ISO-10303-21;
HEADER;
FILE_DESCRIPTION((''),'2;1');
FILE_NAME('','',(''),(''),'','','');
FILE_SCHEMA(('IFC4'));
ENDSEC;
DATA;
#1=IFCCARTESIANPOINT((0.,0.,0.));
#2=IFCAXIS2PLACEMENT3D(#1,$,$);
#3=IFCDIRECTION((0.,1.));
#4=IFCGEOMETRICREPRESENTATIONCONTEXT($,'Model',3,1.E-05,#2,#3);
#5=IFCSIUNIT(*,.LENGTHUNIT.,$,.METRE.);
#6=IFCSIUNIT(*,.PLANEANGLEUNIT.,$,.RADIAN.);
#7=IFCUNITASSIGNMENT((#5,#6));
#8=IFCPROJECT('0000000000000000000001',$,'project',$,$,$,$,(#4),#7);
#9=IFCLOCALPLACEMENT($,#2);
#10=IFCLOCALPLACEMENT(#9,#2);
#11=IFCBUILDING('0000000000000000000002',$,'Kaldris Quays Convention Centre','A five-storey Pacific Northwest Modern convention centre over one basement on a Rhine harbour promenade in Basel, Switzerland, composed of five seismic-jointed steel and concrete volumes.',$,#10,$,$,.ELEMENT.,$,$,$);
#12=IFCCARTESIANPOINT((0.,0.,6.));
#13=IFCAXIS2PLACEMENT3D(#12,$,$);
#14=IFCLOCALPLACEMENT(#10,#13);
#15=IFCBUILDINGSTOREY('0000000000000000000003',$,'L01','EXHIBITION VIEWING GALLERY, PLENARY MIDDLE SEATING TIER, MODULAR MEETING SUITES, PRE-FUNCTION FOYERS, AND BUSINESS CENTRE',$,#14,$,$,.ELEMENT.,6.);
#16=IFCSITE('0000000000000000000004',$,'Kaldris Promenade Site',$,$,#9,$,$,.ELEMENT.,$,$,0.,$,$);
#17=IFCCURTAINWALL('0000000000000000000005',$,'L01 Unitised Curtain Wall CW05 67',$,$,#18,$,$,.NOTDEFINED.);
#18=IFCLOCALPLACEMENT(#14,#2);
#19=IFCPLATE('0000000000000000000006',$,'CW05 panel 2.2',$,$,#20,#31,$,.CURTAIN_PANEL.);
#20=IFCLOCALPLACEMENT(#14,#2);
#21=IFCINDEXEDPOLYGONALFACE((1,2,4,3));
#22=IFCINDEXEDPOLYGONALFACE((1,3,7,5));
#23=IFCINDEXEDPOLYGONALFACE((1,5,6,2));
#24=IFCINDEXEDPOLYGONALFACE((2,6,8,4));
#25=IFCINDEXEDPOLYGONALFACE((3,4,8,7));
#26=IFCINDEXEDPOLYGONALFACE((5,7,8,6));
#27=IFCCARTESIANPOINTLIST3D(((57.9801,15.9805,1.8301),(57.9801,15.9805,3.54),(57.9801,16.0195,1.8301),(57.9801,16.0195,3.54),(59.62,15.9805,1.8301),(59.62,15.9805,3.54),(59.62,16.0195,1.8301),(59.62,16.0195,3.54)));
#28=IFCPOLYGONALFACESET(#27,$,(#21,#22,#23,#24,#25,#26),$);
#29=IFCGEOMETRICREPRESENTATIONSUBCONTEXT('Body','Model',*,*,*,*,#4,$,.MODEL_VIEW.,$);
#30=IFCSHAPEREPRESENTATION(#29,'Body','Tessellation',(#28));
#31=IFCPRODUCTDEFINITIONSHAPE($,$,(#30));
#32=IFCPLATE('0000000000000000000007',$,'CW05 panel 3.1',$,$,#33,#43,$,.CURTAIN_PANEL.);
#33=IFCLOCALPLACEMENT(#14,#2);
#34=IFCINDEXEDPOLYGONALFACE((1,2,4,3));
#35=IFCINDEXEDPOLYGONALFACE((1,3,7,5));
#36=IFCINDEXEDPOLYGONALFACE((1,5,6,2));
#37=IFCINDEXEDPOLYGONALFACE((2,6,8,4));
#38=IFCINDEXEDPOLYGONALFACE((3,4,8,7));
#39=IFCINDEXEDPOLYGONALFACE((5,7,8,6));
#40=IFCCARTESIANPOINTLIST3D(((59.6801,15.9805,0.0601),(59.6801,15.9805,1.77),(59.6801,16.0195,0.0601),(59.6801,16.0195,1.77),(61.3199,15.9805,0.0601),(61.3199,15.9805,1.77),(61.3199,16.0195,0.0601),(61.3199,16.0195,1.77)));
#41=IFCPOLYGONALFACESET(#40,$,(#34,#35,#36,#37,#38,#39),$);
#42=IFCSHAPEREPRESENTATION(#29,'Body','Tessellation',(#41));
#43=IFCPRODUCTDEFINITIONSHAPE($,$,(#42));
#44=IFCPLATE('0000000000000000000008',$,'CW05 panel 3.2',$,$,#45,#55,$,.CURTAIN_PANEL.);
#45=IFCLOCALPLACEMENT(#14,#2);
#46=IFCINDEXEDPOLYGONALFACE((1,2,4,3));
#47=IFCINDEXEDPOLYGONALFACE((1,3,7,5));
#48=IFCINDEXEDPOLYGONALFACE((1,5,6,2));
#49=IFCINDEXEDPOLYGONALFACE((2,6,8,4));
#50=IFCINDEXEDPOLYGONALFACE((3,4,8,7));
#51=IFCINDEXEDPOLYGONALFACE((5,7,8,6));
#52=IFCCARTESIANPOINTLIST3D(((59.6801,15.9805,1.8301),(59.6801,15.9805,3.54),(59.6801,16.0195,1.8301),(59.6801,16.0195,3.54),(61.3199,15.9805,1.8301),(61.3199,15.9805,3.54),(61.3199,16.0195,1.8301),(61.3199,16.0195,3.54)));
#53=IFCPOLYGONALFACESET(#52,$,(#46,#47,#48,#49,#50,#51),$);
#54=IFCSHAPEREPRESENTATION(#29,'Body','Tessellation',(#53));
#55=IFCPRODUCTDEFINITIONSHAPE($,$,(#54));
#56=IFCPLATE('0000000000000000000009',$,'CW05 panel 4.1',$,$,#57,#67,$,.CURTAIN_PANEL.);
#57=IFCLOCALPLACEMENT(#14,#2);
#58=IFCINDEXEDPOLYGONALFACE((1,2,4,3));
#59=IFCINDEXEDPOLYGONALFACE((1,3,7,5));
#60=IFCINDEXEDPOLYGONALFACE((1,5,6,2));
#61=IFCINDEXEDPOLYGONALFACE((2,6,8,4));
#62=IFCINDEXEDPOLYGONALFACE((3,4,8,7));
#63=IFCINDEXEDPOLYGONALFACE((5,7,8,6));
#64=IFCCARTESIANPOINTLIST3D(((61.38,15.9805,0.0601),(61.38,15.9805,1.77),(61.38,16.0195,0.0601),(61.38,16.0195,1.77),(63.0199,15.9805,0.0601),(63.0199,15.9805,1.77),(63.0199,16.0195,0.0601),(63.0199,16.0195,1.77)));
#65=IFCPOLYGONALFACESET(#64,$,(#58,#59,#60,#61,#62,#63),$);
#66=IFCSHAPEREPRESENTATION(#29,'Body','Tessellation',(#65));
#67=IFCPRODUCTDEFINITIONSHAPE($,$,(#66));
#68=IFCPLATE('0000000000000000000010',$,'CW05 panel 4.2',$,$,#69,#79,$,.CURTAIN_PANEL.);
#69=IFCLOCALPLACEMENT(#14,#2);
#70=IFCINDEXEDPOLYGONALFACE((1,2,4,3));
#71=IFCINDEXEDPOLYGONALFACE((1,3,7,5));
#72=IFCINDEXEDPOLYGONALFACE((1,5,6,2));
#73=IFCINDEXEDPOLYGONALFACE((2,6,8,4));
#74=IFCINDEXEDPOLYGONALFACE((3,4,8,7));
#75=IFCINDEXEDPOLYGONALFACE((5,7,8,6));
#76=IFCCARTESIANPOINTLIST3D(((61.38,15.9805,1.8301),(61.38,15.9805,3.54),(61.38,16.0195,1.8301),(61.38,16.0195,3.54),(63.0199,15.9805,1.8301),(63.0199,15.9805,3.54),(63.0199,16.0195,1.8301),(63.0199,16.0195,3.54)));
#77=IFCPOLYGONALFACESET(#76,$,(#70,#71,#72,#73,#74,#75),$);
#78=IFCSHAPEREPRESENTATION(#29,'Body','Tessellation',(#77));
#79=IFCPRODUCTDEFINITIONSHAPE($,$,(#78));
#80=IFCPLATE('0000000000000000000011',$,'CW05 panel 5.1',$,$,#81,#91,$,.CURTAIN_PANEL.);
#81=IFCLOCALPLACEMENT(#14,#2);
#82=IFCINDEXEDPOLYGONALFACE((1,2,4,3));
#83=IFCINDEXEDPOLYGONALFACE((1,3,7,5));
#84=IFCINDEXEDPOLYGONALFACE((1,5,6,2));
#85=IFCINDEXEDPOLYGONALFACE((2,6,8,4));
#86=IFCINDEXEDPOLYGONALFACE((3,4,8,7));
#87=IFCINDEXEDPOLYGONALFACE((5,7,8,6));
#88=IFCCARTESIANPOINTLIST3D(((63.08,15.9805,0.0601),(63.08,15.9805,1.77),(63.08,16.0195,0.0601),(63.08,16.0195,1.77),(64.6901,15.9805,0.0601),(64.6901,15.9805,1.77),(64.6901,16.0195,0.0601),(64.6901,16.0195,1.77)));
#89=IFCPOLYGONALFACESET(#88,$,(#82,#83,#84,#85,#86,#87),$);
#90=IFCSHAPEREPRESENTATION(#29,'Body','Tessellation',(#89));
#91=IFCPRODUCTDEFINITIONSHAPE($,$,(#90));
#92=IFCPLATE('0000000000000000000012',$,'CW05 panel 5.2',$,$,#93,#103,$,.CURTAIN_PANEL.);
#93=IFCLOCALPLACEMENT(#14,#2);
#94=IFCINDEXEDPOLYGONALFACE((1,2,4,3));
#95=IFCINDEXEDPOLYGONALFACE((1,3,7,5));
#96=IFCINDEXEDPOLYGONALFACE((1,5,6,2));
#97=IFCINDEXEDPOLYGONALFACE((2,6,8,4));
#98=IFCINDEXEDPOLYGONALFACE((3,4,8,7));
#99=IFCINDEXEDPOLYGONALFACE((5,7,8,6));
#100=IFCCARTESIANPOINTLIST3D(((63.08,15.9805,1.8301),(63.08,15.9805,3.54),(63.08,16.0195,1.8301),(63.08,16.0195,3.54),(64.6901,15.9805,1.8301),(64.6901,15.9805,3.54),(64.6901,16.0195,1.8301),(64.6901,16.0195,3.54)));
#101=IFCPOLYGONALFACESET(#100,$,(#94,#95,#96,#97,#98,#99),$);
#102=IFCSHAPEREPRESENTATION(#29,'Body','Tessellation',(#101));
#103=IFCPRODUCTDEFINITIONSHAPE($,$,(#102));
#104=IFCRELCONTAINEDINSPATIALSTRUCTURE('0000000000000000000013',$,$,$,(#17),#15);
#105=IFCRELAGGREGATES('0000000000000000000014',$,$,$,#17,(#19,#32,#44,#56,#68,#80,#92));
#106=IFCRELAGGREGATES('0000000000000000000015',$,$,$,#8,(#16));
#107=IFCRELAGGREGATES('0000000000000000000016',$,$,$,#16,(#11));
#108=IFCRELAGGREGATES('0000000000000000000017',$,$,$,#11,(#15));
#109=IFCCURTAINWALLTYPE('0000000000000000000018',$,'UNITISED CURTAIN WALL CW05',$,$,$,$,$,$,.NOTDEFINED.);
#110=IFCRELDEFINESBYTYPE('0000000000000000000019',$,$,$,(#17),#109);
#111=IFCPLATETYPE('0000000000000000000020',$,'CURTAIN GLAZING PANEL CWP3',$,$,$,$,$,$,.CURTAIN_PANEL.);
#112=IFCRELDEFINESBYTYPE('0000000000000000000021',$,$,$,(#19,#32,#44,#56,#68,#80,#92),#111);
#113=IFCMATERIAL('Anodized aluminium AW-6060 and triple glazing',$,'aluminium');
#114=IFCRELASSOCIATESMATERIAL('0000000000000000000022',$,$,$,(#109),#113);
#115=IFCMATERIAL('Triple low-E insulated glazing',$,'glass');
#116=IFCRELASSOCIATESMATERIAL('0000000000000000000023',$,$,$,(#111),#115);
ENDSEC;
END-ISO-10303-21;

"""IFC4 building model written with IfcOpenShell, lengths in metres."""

from ifc_helpers import new_model, si_unit, direction, frame, origin, origin_2d, place, context, subcontext, project, spatial, rectangle, extrude, material, type_object, element, aggregate, save


model = new_model("IFC4")

# Units and contexts
model_context = context("Model", 3, precision=1e-05, world=origin(), true_north=direction((0.0, 1.0)))
body_context = subcontext(model_context, "Body", "Model", "MODEL_VIEW")
ifc_project = project(units=[si_unit("LENGTHUNIT", "METRE"), si_unit("PLANEANGLEUNIT", "RADIAN")], contexts=[model_context])

# Site, building, storey
site_placement = place(None, origin())
site = spatial("IfcSite", under=ifc_project, at=site_placement, Name="Kaldris Promenade Site", CompositionType="ELEMENT", RefElevation=0.0)
building_placement = place(site_placement, origin())
building = spatial("IfcBuilding", under=site, at=building_placement, Name="Kaldris Quays Convention Centre", Description="A five-storey Pacific Northwest Modern convention centre over one basement on a Rhine harbour promenade in Basel, Switzerland, composed of five seismic-jointed steel and concrete volumes.", CompositionType="ELEMENT")
storey_placement = place(building_placement, frame((0.0, 0.0, 6.0)))
storey = spatial("IfcBuildingStorey", under=building, at=storey_placement, Name="L01", Description="EXHIBITION VIEWING GALLERY, PLENARY MIDDLE SEATING TIER, MODULAR MEETING SUITES, PRE-FUNCTION FOYERS, AND BUSINESS CENTRE", CompositionType="ELEMENT", Elevation=6.0)

# Curtain wall
ifc_material_1 = material(Name="Anodized aluminium AW-6060 and triple glazing", Category="aluminium")
curtain_wall_type = type_object("IfcCurtainWallType", Name="UNITISED CURTAIN WALL CW05", PredefinedType="NOTDEFINED", material=ifc_material_1)
curtain_wall_1_placement = place(storey_placement, origin())
curtain_wall_1 = element("IfcCurtainWall", 1, at=curtain_wall_1_placement, inside=storey, type_object=curtain_wall_type, Name="L01 Unitised Curtain Wall CW05 67", PredefinedType="NOTDEFINED")

# Plates
ifc_material_2 = material(Name="Triple low-E insulated glazing", Category="glass")
plate_type = type_object("IfcPlateType", Name="CURTAIN GLAZING PANEL CWP3", PredefinedType="CURTAIN_PANEL", material=ifc_material_2)
plate_1_placement = place(storey_placement, frame((58.8, 16.0, 1.8301), z_axis=(0.0, 0.0, 1.0), x_axis=(1.0, 0.0, 0.0)))
plate_1 = element("IfcPlate", 2, at=plate_1_placement, type_object=plate_type, Name="CW05 panel 2.2", PredefinedType="CURTAIN_PANEL", context=body_context, shape_type="SweptSolid", body=[
    extrude(rectangle(XDim=1.6399, YDim=0.0391, at=origin_2d()), origin(), (0.0, 0.0, 1.0), 1.71),
])
plate_2_placement = place(storey_placement, frame((60.5, 16.0, 0.0601), z_axis=(0.0, 0.0, 1.0), x_axis=(1.0, 0.0, 0.0)))
plate_2 = element("IfcPlate", 3, at=plate_2_placement, type_object=plate_type, Name="CW05 panel 3.1", PredefinedType="CURTAIN_PANEL", context=body_context, shape_type="SweptSolid", body=[
    extrude(rectangle(XDim=1.6399, YDim=0.0391, at=origin_2d()), origin(), (0.0, 0.0, 1.0), 1.71),
])
plate_3_placement = place(storey_placement, frame((60.5, 16.0, 1.8301), z_axis=(0.0, 0.0, 1.0), x_axis=(1.0, 0.0, 0.0)))
plate_3 = element("IfcPlate", 4, at=plate_3_placement, type_object=plate_type, Name="CW05 panel 3.2", PredefinedType="CURTAIN_PANEL", context=body_context, shape_type="SweptSolid", body=[
    extrude(rectangle(XDim=1.6399, YDim=0.0391, at=origin_2d()), origin(), (0.0, 0.0, 1.0), 1.71),
])
plate_4_placement = place(storey_placement, frame((62.2, 16.0, 0.0601), z_axis=(0.0, 0.0, 1.0), x_axis=(1.0, 0.0, 0.0)))
plate_4 = element("IfcPlate", 5, at=plate_4_placement, type_object=plate_type, Name="CW05 panel 4.1", PredefinedType="CURTAIN_PANEL", context=body_context, shape_type="SweptSolid", body=[
    extrude(rectangle(XDim=1.6399, YDim=0.0391, at=origin_2d()), origin(), (0.0, 0.0, 1.0), 1.71),
])
plate_5_placement = place(storey_placement, frame((62.2, 16.0, 1.8301), z_axis=(0.0, 0.0, 1.0), x_axis=(1.0, 0.0, 0.0)))
plate_5 = element("IfcPlate", 6, at=plate_5_placement, type_object=plate_type, Name="CW05 panel 4.2", PredefinedType="CURTAIN_PANEL", context=body_context, shape_type="SweptSolid", body=[
    extrude(rectangle(XDim=1.6399, YDim=0.0391, at=origin_2d()), origin(), (0.0, 0.0, 1.0), 1.71),
])
plate_6_placement = place(storey_placement, frame((63.885, 16.0, 0.0601), z_axis=(0.0, 0.0, 1.0), x_axis=(1.0, 0.0, 0.0)))
plate_6 = element("IfcPlate", 7, at=plate_6_placement, type_object=plate_type, Name="CW05 panel 5.1", PredefinedType="CURTAIN_PANEL", context=body_context, shape_type="SweptSolid", body=[
    extrude(rectangle(XDim=1.6101, YDim=0.0391, at=origin_2d()), origin(), (0.0, 0.0, 1.0), 1.71),
])
plate_7_placement = place(storey_placement, frame((63.885, 16.0, 1.8301), z_axis=(0.0, 0.0, 1.0), x_axis=(1.0, 0.0, 0.0)))
plate_7 = element("IfcPlate", 8, at=plate_7_placement, type_object=plate_type, Name="CW05 panel 5.2", PredefinedType="CURTAIN_PANEL", context=body_context, shape_type="SweptSolid", body=[
    extrude(rectangle(XDim=1.6101, YDim=0.0391, at=origin_2d()), origin(), (0.0, 0.0, 1.0), 1.71),
])
aggregate(curtain_wall_1, [plate_1, plate_2, plate_3, plate_4, plate_5, plate_6, plate_7])

save(model, "model.ifc")
